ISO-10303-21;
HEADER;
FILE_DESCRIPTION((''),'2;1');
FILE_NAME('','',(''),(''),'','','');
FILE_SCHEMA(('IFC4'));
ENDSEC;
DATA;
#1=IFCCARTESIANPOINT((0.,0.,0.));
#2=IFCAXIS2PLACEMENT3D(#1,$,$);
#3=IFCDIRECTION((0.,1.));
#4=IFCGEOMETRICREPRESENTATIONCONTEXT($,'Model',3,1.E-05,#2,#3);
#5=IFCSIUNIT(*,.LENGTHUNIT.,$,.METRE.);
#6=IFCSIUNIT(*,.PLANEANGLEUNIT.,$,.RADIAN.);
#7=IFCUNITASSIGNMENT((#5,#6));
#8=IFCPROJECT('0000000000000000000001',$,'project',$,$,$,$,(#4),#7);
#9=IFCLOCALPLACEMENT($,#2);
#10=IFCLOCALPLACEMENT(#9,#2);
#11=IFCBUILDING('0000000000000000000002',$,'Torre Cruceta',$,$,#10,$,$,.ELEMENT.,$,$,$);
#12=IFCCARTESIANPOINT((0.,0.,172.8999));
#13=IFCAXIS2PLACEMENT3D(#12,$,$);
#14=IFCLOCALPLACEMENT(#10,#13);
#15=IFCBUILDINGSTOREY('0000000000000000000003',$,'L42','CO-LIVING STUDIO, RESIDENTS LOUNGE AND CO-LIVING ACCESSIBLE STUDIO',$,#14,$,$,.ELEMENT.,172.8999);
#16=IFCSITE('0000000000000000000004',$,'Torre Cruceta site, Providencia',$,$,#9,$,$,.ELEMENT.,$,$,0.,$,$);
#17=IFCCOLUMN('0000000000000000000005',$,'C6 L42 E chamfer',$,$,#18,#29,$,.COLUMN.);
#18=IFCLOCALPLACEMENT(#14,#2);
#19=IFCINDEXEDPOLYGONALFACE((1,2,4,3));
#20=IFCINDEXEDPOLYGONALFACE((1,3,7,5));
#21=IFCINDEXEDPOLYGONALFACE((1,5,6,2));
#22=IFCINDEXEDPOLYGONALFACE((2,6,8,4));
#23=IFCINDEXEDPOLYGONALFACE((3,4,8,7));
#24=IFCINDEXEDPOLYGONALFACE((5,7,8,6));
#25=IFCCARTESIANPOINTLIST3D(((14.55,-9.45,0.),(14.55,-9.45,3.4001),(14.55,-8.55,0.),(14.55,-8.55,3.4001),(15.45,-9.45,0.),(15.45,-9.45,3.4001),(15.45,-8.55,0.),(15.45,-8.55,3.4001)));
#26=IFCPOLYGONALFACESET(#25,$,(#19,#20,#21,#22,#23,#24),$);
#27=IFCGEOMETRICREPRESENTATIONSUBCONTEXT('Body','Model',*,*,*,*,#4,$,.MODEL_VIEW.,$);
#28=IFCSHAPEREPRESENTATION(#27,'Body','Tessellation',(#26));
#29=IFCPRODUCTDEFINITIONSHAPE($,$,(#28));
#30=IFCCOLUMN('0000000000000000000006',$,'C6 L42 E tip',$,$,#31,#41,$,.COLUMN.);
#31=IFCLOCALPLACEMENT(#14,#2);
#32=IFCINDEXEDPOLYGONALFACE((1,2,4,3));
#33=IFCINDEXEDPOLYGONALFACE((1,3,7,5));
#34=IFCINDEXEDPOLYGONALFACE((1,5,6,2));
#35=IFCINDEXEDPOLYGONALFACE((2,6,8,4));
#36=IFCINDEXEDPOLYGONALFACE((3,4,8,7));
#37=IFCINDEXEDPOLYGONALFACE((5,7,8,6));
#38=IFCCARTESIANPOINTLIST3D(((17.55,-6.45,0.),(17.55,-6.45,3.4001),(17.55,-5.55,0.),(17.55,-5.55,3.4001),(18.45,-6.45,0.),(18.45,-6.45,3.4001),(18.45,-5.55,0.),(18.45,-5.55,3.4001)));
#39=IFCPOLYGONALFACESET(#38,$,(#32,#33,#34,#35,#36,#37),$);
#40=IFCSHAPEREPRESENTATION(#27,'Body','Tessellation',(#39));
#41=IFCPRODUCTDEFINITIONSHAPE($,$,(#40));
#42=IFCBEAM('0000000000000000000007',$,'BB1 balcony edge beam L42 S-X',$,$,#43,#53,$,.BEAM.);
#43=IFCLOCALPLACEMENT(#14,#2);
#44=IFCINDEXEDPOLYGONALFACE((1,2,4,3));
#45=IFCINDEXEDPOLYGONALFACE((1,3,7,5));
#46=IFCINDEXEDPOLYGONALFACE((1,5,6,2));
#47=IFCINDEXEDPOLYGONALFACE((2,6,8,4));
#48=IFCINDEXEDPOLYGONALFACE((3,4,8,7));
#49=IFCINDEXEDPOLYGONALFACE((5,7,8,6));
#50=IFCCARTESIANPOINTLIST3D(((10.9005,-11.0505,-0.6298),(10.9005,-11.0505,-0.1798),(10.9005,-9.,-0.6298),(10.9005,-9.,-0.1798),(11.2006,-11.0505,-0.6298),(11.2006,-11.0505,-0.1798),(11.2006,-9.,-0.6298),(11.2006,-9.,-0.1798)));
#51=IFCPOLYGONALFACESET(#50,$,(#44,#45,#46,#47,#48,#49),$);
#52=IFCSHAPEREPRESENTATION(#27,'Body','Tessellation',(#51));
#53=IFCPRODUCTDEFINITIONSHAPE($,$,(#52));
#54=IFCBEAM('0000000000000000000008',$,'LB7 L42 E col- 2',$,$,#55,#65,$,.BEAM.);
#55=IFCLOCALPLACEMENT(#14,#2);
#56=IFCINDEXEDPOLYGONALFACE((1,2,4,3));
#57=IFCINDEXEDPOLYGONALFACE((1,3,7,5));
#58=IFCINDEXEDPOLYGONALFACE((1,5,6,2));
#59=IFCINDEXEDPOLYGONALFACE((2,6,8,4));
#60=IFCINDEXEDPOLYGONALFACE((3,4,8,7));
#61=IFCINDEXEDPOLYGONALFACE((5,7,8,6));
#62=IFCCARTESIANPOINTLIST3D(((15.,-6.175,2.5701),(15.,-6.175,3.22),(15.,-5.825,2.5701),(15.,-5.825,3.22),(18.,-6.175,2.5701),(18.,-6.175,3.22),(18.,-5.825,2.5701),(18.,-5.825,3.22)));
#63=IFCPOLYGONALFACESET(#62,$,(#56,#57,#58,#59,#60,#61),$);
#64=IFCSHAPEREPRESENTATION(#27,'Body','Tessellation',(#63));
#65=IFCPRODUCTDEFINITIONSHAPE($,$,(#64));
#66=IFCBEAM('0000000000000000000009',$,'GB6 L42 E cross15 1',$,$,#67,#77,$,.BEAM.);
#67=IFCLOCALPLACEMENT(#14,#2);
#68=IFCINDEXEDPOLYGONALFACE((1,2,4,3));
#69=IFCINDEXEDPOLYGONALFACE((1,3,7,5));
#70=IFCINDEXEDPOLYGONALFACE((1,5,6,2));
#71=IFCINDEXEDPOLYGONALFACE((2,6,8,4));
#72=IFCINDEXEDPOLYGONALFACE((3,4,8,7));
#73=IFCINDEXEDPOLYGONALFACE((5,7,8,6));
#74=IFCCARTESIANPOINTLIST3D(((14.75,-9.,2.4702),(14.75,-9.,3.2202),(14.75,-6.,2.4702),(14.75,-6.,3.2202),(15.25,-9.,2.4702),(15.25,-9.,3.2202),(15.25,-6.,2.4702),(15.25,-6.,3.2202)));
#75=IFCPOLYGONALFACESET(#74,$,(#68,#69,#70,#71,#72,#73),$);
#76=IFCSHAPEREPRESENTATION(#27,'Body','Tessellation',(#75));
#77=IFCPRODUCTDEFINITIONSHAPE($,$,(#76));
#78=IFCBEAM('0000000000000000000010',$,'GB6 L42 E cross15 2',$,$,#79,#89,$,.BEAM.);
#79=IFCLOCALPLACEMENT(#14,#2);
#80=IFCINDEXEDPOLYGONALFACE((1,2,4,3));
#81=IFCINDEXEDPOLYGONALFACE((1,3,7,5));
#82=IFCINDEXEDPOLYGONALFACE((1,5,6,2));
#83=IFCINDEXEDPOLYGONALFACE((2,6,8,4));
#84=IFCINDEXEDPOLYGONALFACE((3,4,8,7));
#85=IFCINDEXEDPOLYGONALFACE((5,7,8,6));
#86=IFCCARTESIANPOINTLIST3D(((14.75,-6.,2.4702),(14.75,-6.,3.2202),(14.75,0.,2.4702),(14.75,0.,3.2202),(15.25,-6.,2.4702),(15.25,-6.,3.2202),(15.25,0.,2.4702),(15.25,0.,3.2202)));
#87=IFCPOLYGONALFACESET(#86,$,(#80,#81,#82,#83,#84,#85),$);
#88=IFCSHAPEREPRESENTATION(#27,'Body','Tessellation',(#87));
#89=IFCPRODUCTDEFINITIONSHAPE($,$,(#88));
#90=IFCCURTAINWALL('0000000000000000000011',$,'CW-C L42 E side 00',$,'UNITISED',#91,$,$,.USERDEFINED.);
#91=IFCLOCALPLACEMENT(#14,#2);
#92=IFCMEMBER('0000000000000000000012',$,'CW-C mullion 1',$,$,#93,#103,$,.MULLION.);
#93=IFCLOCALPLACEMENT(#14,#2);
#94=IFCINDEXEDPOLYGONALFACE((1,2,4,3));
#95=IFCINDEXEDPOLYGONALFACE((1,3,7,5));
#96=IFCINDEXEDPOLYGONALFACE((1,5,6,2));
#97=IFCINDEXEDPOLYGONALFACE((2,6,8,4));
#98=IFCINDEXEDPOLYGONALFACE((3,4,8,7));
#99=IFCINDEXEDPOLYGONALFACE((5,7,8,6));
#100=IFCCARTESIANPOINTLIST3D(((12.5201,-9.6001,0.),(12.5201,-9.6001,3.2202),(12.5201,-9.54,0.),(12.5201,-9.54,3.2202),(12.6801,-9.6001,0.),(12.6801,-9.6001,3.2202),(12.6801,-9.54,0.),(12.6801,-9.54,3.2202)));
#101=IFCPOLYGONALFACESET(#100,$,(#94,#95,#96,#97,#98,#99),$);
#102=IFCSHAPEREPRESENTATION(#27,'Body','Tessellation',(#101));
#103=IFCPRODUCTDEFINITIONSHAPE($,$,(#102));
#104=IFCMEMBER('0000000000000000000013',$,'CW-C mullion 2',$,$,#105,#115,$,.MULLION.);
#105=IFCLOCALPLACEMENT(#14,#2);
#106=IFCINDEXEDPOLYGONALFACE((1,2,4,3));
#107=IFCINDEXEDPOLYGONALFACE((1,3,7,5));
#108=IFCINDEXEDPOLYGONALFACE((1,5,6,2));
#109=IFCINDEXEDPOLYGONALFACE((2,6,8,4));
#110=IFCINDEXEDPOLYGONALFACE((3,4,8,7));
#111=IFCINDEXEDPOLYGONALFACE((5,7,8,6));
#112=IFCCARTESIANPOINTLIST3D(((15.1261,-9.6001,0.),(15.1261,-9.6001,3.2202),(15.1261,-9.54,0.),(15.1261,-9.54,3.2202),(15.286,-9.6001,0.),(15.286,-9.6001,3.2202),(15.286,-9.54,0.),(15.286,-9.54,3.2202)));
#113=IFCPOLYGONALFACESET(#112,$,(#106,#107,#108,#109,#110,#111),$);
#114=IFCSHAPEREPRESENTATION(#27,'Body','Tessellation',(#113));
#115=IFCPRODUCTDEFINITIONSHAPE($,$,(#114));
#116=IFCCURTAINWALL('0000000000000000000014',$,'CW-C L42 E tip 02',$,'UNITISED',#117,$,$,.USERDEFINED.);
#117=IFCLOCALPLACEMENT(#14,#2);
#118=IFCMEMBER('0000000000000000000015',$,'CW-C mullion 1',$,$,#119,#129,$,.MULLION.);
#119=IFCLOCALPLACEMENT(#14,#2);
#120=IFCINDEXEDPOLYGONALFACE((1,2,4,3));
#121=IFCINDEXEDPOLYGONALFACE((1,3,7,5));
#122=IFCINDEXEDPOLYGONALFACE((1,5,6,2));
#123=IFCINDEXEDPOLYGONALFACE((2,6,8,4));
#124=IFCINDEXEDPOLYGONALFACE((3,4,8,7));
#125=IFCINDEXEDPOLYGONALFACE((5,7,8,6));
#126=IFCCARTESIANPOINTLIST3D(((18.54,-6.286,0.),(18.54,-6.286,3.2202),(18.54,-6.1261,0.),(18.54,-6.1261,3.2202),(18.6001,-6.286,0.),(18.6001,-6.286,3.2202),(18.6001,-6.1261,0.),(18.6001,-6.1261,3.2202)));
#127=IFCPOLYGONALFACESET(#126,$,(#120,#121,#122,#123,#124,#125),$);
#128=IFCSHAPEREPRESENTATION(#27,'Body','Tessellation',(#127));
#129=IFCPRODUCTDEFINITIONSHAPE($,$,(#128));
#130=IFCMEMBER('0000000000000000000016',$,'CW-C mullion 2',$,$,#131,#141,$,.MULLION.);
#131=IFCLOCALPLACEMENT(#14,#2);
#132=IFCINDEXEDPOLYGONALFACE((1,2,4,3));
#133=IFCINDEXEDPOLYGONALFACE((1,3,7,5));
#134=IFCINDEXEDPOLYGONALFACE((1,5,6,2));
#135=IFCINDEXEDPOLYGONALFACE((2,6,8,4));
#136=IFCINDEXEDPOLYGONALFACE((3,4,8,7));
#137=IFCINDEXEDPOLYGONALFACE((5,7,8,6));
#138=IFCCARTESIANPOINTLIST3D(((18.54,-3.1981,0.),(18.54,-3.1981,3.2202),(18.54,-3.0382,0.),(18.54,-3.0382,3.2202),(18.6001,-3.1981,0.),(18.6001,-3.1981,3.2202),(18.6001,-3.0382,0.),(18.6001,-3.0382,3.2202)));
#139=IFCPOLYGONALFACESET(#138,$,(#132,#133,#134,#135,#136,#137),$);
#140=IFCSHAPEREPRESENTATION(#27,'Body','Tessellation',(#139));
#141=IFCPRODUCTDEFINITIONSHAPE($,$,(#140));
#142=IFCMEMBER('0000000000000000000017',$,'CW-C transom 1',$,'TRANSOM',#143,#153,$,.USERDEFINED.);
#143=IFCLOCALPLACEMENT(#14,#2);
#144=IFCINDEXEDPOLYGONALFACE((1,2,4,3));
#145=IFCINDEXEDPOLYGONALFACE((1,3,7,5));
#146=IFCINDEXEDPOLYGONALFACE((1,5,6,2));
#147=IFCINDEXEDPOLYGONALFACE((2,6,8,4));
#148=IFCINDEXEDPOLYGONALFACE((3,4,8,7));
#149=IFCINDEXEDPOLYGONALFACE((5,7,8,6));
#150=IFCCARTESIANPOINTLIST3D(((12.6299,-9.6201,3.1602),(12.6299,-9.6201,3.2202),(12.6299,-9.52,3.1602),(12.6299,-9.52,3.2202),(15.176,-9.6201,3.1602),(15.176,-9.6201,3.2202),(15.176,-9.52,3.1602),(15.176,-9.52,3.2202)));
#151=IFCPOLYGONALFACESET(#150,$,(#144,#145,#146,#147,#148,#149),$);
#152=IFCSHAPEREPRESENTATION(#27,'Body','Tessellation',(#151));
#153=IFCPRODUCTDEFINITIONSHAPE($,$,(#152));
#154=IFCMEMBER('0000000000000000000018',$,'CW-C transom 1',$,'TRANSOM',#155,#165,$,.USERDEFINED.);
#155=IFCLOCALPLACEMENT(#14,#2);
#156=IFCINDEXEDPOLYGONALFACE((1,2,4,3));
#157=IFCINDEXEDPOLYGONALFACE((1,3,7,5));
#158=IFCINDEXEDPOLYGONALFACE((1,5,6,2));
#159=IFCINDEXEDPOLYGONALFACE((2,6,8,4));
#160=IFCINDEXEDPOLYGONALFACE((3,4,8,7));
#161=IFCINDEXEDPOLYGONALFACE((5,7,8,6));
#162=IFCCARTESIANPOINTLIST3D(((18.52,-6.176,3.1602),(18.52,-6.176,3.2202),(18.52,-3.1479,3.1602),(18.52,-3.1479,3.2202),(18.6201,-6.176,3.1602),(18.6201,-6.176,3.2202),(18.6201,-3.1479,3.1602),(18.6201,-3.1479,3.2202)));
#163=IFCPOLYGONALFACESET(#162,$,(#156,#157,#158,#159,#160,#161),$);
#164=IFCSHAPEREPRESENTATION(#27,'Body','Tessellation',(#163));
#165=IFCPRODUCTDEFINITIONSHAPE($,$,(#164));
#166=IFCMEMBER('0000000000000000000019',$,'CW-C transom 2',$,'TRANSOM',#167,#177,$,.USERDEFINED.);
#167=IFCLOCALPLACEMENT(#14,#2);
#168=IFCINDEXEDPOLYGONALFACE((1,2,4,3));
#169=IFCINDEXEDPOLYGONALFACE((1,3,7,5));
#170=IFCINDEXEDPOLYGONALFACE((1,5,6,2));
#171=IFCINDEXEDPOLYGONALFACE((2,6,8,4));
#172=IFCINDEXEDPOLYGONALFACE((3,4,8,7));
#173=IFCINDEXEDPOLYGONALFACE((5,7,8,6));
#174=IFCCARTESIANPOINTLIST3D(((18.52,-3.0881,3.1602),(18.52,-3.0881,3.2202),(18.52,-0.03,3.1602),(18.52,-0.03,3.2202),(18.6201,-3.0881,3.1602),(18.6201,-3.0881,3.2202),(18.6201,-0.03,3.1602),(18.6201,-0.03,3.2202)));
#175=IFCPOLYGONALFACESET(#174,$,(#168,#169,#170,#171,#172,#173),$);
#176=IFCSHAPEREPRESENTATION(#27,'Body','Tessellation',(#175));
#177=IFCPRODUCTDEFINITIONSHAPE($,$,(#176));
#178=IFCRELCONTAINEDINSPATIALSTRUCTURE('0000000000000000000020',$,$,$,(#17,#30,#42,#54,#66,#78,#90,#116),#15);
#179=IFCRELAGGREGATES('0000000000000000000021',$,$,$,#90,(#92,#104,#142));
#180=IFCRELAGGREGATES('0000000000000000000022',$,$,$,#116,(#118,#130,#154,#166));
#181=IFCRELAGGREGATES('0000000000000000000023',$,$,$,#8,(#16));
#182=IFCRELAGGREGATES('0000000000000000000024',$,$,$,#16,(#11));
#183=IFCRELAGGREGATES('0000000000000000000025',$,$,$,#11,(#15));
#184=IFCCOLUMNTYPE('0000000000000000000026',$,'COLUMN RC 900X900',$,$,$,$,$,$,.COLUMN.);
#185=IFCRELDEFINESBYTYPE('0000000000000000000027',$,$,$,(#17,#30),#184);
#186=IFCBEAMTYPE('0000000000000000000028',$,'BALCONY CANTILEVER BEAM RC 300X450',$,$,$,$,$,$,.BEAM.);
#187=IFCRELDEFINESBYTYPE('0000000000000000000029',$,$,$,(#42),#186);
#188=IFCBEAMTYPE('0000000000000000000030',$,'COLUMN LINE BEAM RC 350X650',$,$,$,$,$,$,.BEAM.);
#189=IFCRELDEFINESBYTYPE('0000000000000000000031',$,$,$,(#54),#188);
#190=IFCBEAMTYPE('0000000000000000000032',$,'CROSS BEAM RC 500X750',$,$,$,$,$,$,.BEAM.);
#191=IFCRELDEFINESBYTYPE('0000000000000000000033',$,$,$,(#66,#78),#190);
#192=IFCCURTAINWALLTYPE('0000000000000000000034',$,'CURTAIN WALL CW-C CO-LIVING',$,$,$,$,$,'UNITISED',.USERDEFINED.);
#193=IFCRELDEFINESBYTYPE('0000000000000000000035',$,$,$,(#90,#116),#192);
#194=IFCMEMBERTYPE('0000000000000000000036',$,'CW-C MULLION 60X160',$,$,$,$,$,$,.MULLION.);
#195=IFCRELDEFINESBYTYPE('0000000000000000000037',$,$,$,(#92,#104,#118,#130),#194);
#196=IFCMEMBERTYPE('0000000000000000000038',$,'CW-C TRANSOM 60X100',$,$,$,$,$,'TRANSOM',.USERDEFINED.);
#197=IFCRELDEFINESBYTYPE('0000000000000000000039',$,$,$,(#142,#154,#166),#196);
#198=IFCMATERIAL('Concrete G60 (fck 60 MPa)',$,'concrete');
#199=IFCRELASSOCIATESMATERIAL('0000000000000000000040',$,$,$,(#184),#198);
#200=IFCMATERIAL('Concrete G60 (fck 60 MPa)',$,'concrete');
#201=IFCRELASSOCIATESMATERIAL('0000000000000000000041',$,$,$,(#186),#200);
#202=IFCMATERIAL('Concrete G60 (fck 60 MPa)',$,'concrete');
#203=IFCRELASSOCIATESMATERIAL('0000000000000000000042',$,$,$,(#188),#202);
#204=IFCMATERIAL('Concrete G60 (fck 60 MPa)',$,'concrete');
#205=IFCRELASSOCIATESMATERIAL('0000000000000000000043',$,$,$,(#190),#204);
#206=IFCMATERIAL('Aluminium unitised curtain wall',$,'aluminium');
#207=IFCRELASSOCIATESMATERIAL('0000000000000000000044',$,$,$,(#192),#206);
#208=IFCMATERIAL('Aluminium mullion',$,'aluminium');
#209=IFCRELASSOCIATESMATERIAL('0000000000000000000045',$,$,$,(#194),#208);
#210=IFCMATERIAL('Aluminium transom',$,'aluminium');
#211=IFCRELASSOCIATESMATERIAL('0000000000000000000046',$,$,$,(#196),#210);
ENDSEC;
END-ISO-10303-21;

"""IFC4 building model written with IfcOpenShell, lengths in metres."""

from ifc_helpers import new_model, si_unit, direction, frame, origin, origin_2d, place, context, subcontext, project, spatial, rectangle, extrude, material, material_profile, profile_set, type_object, element, aggregate, save


model = new_model("IFC4")

# Units and contexts
model_context = context("Model", 3, precision=1e-05, world=origin(), true_north=direction((0.0, 1.0)))
body_context = subcontext(model_context, "Body", "Model", "MODEL_VIEW")
ifc_project = project(units=[si_unit("LENGTHUNIT", "METRE"), si_unit("PLANEANGLEUNIT", "RADIAN")], contexts=[model_context])

# Site, building, storey
site_placement = place(None, origin())
site = spatial("IfcSite", under=ifc_project, at=site_placement, Name="Torre Cruceta site, Providencia", CompositionType="ELEMENT", RefElevation=0.0)
building_placement = place(site_placement, origin())
building = spatial("IfcBuilding", under=site, at=building_placement, Name="Torre Cruceta", CompositionType="ELEMENT")
storey_placement = place(building_placement, frame((0.0, 0.0, 172.8999)))
storey = spatial("IfcBuildingStorey", under=building, at=storey_placement, Name="L42", Description="CO-LIVING STUDIO, RESIDENTS LOUNGE AND CO-LIVING ACCESSIBLE STUDIO", CompositionType="ELEMENT", Elevation=172.8999)

# Columns
ifc_material_1 = material(Name="Concrete G60 (fck 60 MPa)", Category="concrete")
ifc_material_profile_1 = material_profile(ifc_material_1, rectangle(XDim=0.8999, YDim=0.8999, at=origin_2d()), Name="RC 900X900")
ifc_profile_set_1 = profile_set([ifc_material_profile_1], Name="Concrete G60 (fck 60 MPa)")
column_type = type_object("IfcColumnType", Name="COLUMN RC 900X900", PredefinedType="COLUMN", material=ifc_profile_set_1)
for number, where, z_axis, x_axis, name in (
    (1, (15.0, -9.0, 0.0), (0.0, 0.0, 1.0), (1.0, 0.0, 0.0), "C6 L42 E chamfer"),
    (2, (18.0, -6.0, 0.0), (0.0, 0.0, 1.0), (1.0, 0.0, 0.0), "C6 L42 E tip"),
):
    element("IfcColumn", number, at=place(storey_placement, frame(where, z_axis=z_axis, x_axis=x_axis)), inside=storey, type_object=column_type, Name=name, PredefinedType="COLUMN", context=body_context, shape_type="SweptSolid", body=[
        extrude(rectangle(XDim=0.8999, YDim=0.8999, at=origin_2d()), origin(), (0.0, 0.0, 1.0), 3.4001),
    ])

# Beams
ifc_material_2 = material(Name="Concrete G60 (fck 60 MPa)", Category="concrete")
ifc_material_profile_2 = material_profile(ifc_material_2, rectangle(XDim=0.3, YDim=0.45, at=origin_2d()), Name="RC 300X450")
ifc_profile_set_2 = profile_set([ifc_material_profile_2], Name="Concrete G60 (fck 60 MPa)")
beam_type_1 = type_object("IfcBeamType", Name="BALCONY CANTILEVER BEAM RC 300X450", PredefinedType="BEAM", material=ifc_profile_set_2)
beam_1_placement = place(storey_placement, frame((11.0505, -9.0, -0.4048), z_axis=(0.0, -1.0, 0.0), x_axis=(1.0, 0.0, 0.0)))
element("IfcBeam", 3, at=beam_1_placement, inside=storey, type_object=beam_type_1, Name="BB1 balcony edge beam L42 S-X", PredefinedType="BEAM", context=body_context, shape_type="SweptSolid", body=[
    extrude(rectangle(XDim=0.3, YDim=0.45, at=origin_2d()), origin(), (0.0, 0.0, 1.0), 2.0505),
])
ifc_material_3 = material(Name="Concrete G60 (fck 60 MPa)", Category="concrete")
ifc_material_profile_3 = material_profile(ifc_material_3, rectangle(XDim=0.3501, YDim=0.6499, at=origin_2d()), Name="RC 350X650")
ifc_profile_set_3 = profile_set([ifc_material_profile_3], Name="Concrete G60 (fck 60 MPa)")
beam_type_2 = type_object("IfcBeamType", Name="COLUMN LINE BEAM RC 350X650", PredefinedType="BEAM", material=ifc_profile_set_3)
beam_2_placement = place(storey_placement, frame((15.0, -6.0, 2.895), z_axis=(1.0, 0.0, 0.0), x_axis=(0.0, 1.0, 0.0)))
element("IfcBeam", 4, at=beam_2_placement, inside=storey, type_object=beam_type_2, Name="LB7 L42 E col- 2", PredefinedType="BEAM", context=body_context, shape_type="SweptSolid", body=[
    extrude(rectangle(XDim=0.3501, YDim=0.6499, at=origin_2d()), origin(), (0.0, 0.0, 1.0), 3.0),
])
ifc_material_4 = material(Name="Concrete G60 (fck 60 MPa)", Category="concrete")
ifc_material_profile_4 = material_profile(ifc_material_4, rectangle(XDim=0.5, YDim=0.75, at=origin_2d()), Name="RC 500X750")
ifc_profile_set_4 = profile_set([ifc_material_profile_4], Name="Concrete G60 (fck 60 MPa)")
beam_type_3 = type_object("IfcBeamType", Name="CROSS BEAM RC 500X750", PredefinedType="BEAM", material=ifc_profile_set_4)
beam_3_placement = place(storey_placement, frame((15.0, -9.0, 2.8452), z_axis=(0.0, 1.0, 0.0), x_axis=(-1.0, 0.0, 0.0)))
element("IfcBeam", 5, at=beam_3_placement, inside=storey, type_object=beam_type_3, Name="GB6 L42 E cross15 1", PredefinedType="BEAM", context=body_context, shape_type="SweptSolid", body=[
    extrude(rectangle(XDim=0.5, YDim=0.75, at=origin_2d()), origin(), (0.0, 0.0, 1.0), 3.0),
])
beam_4_placement = place(storey_placement, frame((15.0, -6.0, 2.8452), z_axis=(0.0, 1.0, 0.0), x_axis=(-1.0, 0.0, 0.0)))
element("IfcBeam", 6, at=beam_4_placement, inside=storey, type_object=beam_type_3, Name="GB6 L42 E cross15 2", PredefinedType="BEAM", context=body_context, shape_type="SweptSolid", body=[
    extrude(rectangle(XDim=0.5, YDim=0.75, at=origin_2d()), origin(), (0.0, 0.0, 1.0), 6.0),
])

# Curtain walls, members
ifc_material_5 = material(Name="Aluminium unitised curtain wall", Category="aluminium")
curtain_wall_type = type_object("IfcCurtainWallType", Name="CURTAIN WALL CW-C CO-LIVING", ElementType="UNITISED", PredefinedType="USERDEFINED", material=ifc_material_5)
curtain_wall_1_placement = place(storey_placement, origin())
curtain_wall_1 = element("IfcCurtainWall", 7, at=curtain_wall_1_placement, inside=storey, type_object=curtain_wall_type, Name="CW-C L42 E side 00", ObjectType="UNITISED", PredefinedType="USERDEFINED")
ifc_material_6 = material(Name="Aluminium mullion", Category="aluminium")
ifc_material_profile_5 = material_profile(ifc_material_6, rectangle(XDim=0.0601, YDim=0.1599, at=origin_2d()), Name="AL 60X160")
ifc_profile_set_5 = profile_set([ifc_material_profile_5], Name="Aluminium mullion")
member_type_1 = type_object("IfcMemberType", Name="CW-C MULLION 60X160", PredefinedType="MULLION", material=ifc_profile_set_5)
member_1_placement = place(storey_placement, frame((12.6001, -9.5701, 0.0), z_axis=(0.0, 0.0, 1.0), x_axis=(0.0, 1.0, 0.0)))
member_1 = element("IfcMember", 8, at=member_1_placement, type_object=member_type_1, Name="CW-C mullion 1", PredefinedType="MULLION", context=body_context, shape_type="SweptSolid", body=[
    extrude(rectangle(XDim=0.0601, YDim=0.1599, at=origin_2d()), origin(), (0.0, 0.0, 1.0), 3.2202),
])
member_2_placement = place(storey_placement, frame((15.2061, -9.5701, 0.0), z_axis=(0.0, 0.0, 1.0), x_axis=(0.0, 1.0, 0.0)))
member_2 = element("IfcMember", 9, at=member_2_placement, type_object=member_type_1, Name="CW-C mullion 2", PredefinedType="MULLION", context=body_context, shape_type="SweptSolid", body=[
    extrude(rectangle(XDim=0.0601, YDim=0.1599, at=origin_2d()), origin(), (0.0, 0.0, 1.0), 3.2202),
])
curtain_wall_2_placement = place(storey_placement, origin())
curtain_wall_2 = element("IfcCurtainWall", 10, at=curtain_wall_2_placement, inside=storey, type_object=curtain_wall_type, Name="CW-C L42 E tip 02", ObjectType="UNITISED", PredefinedType="USERDEFINED")
member_3_placement = place(storey_placement, frame((18.5701, -6.2061, 0.0), z_axis=(0.0, 0.0, 1.0), x_axis=(-1.0, 0.0, 0.0)))
member_3 = element("IfcMember", 11, at=member_3_placement, type_object=member_type_1, Name="CW-C mullion 1", PredefinedType="MULLION", context=body_context, shape_type="SweptSolid", body=[
    extrude(rectangle(XDim=0.0601, YDim=0.1599, at=origin_2d()), origin(), (0.0, 0.0, 1.0), 3.2202),
])
member_4_placement = place(storey_placement, frame((18.5701, -3.1182, 0.0), z_axis=(0.0, 0.0, 1.0), x_axis=(-1.0, 0.0, 0.0)))
member_4 = element("IfcMember", 12, at=member_4_placement, type_object=member_type_1, Name="CW-C mullion 2", PredefinedType="MULLION", context=body_context, shape_type="SweptSolid", body=[
    extrude(rectangle(XDim=0.0601, YDim=0.1599, at=origin_2d()), origin(), (0.0, 0.0, 1.0), 3.2202),
])

# Members
ifc_material_7 = material(Name="Aluminium transom", Category="aluminium")
ifc_material_profile_6 = material_profile(ifc_material_7, rectangle(XDim=0.1001, YDim=0.0601, at=origin_2d()), Name="AL 100X60")
ifc_profile_set_6 = profile_set([ifc_material_profile_6], Name="Aluminium transom")
member_type_2 = type_object("IfcMemberType", Name="CW-C TRANSOM 60X100", ElementType="TRANSOM", PredefinedType="USERDEFINED", material=ifc_profile_set_6)
member_5_placement = place(storey_placement, frame((12.6299, -9.5701, 3.1902), z_axis=(1.0, 0.0, 0.0), x_axis=(0.0, 1.0, 0.0)))
member_5 = element("IfcMember", 13, at=member_5_placement, type_object=member_type_2, Name="CW-C transom 1", ObjectType="TRANSOM", PredefinedType="USERDEFINED", context=body_context, shape_type="SweptSolid", body=[
    extrude(rectangle(XDim=0.1001, YDim=0.0601, at=origin_2d()), origin(), (0.0, 0.0, 1.0), 2.5461),
])
member_6_placement = place(storey_placement, frame((18.5701, -6.176, 3.1902), z_axis=(0.0, 1.0, 0.0), x_axis=(-1.0, 0.0, 0.0)))
member_6 = element("IfcMember", 14, at=member_6_placement, type_object=member_type_2, Name="CW-C transom 1", ObjectType="TRANSOM", PredefinedType="USERDEFINED", context=body_context, shape_type="SweptSolid", body=[
    extrude(rectangle(XDim=0.1001, YDim=0.0601, at=origin_2d()), origin(), (0.0, 0.0, 1.0), 3.0281),
])
member_7_placement = place(storey_placement, frame((18.5701, -3.0881, 3.1902), z_axis=(0.0, 1.0, 0.0), x_axis=(-1.0, 0.0, 0.0)))
member_7 = element("IfcMember", 15, at=member_7_placement, type_object=member_type_2, Name="CW-C transom 2", ObjectType="TRANSOM", PredefinedType="USERDEFINED", context=body_context, shape_type="SweptSolid", body=[
    extrude(rectangle(XDim=0.1001, YDim=0.0601, at=origin_2d()), origin(), (0.0, 0.0, 1.0), 3.0581),
])

aggregate(curtain_wall_1, [member_1, member_2, member_5])
aggregate(curtain_wall_2, [member_3, member_4, member_6, member_7])

save(model, "model.ifc")
